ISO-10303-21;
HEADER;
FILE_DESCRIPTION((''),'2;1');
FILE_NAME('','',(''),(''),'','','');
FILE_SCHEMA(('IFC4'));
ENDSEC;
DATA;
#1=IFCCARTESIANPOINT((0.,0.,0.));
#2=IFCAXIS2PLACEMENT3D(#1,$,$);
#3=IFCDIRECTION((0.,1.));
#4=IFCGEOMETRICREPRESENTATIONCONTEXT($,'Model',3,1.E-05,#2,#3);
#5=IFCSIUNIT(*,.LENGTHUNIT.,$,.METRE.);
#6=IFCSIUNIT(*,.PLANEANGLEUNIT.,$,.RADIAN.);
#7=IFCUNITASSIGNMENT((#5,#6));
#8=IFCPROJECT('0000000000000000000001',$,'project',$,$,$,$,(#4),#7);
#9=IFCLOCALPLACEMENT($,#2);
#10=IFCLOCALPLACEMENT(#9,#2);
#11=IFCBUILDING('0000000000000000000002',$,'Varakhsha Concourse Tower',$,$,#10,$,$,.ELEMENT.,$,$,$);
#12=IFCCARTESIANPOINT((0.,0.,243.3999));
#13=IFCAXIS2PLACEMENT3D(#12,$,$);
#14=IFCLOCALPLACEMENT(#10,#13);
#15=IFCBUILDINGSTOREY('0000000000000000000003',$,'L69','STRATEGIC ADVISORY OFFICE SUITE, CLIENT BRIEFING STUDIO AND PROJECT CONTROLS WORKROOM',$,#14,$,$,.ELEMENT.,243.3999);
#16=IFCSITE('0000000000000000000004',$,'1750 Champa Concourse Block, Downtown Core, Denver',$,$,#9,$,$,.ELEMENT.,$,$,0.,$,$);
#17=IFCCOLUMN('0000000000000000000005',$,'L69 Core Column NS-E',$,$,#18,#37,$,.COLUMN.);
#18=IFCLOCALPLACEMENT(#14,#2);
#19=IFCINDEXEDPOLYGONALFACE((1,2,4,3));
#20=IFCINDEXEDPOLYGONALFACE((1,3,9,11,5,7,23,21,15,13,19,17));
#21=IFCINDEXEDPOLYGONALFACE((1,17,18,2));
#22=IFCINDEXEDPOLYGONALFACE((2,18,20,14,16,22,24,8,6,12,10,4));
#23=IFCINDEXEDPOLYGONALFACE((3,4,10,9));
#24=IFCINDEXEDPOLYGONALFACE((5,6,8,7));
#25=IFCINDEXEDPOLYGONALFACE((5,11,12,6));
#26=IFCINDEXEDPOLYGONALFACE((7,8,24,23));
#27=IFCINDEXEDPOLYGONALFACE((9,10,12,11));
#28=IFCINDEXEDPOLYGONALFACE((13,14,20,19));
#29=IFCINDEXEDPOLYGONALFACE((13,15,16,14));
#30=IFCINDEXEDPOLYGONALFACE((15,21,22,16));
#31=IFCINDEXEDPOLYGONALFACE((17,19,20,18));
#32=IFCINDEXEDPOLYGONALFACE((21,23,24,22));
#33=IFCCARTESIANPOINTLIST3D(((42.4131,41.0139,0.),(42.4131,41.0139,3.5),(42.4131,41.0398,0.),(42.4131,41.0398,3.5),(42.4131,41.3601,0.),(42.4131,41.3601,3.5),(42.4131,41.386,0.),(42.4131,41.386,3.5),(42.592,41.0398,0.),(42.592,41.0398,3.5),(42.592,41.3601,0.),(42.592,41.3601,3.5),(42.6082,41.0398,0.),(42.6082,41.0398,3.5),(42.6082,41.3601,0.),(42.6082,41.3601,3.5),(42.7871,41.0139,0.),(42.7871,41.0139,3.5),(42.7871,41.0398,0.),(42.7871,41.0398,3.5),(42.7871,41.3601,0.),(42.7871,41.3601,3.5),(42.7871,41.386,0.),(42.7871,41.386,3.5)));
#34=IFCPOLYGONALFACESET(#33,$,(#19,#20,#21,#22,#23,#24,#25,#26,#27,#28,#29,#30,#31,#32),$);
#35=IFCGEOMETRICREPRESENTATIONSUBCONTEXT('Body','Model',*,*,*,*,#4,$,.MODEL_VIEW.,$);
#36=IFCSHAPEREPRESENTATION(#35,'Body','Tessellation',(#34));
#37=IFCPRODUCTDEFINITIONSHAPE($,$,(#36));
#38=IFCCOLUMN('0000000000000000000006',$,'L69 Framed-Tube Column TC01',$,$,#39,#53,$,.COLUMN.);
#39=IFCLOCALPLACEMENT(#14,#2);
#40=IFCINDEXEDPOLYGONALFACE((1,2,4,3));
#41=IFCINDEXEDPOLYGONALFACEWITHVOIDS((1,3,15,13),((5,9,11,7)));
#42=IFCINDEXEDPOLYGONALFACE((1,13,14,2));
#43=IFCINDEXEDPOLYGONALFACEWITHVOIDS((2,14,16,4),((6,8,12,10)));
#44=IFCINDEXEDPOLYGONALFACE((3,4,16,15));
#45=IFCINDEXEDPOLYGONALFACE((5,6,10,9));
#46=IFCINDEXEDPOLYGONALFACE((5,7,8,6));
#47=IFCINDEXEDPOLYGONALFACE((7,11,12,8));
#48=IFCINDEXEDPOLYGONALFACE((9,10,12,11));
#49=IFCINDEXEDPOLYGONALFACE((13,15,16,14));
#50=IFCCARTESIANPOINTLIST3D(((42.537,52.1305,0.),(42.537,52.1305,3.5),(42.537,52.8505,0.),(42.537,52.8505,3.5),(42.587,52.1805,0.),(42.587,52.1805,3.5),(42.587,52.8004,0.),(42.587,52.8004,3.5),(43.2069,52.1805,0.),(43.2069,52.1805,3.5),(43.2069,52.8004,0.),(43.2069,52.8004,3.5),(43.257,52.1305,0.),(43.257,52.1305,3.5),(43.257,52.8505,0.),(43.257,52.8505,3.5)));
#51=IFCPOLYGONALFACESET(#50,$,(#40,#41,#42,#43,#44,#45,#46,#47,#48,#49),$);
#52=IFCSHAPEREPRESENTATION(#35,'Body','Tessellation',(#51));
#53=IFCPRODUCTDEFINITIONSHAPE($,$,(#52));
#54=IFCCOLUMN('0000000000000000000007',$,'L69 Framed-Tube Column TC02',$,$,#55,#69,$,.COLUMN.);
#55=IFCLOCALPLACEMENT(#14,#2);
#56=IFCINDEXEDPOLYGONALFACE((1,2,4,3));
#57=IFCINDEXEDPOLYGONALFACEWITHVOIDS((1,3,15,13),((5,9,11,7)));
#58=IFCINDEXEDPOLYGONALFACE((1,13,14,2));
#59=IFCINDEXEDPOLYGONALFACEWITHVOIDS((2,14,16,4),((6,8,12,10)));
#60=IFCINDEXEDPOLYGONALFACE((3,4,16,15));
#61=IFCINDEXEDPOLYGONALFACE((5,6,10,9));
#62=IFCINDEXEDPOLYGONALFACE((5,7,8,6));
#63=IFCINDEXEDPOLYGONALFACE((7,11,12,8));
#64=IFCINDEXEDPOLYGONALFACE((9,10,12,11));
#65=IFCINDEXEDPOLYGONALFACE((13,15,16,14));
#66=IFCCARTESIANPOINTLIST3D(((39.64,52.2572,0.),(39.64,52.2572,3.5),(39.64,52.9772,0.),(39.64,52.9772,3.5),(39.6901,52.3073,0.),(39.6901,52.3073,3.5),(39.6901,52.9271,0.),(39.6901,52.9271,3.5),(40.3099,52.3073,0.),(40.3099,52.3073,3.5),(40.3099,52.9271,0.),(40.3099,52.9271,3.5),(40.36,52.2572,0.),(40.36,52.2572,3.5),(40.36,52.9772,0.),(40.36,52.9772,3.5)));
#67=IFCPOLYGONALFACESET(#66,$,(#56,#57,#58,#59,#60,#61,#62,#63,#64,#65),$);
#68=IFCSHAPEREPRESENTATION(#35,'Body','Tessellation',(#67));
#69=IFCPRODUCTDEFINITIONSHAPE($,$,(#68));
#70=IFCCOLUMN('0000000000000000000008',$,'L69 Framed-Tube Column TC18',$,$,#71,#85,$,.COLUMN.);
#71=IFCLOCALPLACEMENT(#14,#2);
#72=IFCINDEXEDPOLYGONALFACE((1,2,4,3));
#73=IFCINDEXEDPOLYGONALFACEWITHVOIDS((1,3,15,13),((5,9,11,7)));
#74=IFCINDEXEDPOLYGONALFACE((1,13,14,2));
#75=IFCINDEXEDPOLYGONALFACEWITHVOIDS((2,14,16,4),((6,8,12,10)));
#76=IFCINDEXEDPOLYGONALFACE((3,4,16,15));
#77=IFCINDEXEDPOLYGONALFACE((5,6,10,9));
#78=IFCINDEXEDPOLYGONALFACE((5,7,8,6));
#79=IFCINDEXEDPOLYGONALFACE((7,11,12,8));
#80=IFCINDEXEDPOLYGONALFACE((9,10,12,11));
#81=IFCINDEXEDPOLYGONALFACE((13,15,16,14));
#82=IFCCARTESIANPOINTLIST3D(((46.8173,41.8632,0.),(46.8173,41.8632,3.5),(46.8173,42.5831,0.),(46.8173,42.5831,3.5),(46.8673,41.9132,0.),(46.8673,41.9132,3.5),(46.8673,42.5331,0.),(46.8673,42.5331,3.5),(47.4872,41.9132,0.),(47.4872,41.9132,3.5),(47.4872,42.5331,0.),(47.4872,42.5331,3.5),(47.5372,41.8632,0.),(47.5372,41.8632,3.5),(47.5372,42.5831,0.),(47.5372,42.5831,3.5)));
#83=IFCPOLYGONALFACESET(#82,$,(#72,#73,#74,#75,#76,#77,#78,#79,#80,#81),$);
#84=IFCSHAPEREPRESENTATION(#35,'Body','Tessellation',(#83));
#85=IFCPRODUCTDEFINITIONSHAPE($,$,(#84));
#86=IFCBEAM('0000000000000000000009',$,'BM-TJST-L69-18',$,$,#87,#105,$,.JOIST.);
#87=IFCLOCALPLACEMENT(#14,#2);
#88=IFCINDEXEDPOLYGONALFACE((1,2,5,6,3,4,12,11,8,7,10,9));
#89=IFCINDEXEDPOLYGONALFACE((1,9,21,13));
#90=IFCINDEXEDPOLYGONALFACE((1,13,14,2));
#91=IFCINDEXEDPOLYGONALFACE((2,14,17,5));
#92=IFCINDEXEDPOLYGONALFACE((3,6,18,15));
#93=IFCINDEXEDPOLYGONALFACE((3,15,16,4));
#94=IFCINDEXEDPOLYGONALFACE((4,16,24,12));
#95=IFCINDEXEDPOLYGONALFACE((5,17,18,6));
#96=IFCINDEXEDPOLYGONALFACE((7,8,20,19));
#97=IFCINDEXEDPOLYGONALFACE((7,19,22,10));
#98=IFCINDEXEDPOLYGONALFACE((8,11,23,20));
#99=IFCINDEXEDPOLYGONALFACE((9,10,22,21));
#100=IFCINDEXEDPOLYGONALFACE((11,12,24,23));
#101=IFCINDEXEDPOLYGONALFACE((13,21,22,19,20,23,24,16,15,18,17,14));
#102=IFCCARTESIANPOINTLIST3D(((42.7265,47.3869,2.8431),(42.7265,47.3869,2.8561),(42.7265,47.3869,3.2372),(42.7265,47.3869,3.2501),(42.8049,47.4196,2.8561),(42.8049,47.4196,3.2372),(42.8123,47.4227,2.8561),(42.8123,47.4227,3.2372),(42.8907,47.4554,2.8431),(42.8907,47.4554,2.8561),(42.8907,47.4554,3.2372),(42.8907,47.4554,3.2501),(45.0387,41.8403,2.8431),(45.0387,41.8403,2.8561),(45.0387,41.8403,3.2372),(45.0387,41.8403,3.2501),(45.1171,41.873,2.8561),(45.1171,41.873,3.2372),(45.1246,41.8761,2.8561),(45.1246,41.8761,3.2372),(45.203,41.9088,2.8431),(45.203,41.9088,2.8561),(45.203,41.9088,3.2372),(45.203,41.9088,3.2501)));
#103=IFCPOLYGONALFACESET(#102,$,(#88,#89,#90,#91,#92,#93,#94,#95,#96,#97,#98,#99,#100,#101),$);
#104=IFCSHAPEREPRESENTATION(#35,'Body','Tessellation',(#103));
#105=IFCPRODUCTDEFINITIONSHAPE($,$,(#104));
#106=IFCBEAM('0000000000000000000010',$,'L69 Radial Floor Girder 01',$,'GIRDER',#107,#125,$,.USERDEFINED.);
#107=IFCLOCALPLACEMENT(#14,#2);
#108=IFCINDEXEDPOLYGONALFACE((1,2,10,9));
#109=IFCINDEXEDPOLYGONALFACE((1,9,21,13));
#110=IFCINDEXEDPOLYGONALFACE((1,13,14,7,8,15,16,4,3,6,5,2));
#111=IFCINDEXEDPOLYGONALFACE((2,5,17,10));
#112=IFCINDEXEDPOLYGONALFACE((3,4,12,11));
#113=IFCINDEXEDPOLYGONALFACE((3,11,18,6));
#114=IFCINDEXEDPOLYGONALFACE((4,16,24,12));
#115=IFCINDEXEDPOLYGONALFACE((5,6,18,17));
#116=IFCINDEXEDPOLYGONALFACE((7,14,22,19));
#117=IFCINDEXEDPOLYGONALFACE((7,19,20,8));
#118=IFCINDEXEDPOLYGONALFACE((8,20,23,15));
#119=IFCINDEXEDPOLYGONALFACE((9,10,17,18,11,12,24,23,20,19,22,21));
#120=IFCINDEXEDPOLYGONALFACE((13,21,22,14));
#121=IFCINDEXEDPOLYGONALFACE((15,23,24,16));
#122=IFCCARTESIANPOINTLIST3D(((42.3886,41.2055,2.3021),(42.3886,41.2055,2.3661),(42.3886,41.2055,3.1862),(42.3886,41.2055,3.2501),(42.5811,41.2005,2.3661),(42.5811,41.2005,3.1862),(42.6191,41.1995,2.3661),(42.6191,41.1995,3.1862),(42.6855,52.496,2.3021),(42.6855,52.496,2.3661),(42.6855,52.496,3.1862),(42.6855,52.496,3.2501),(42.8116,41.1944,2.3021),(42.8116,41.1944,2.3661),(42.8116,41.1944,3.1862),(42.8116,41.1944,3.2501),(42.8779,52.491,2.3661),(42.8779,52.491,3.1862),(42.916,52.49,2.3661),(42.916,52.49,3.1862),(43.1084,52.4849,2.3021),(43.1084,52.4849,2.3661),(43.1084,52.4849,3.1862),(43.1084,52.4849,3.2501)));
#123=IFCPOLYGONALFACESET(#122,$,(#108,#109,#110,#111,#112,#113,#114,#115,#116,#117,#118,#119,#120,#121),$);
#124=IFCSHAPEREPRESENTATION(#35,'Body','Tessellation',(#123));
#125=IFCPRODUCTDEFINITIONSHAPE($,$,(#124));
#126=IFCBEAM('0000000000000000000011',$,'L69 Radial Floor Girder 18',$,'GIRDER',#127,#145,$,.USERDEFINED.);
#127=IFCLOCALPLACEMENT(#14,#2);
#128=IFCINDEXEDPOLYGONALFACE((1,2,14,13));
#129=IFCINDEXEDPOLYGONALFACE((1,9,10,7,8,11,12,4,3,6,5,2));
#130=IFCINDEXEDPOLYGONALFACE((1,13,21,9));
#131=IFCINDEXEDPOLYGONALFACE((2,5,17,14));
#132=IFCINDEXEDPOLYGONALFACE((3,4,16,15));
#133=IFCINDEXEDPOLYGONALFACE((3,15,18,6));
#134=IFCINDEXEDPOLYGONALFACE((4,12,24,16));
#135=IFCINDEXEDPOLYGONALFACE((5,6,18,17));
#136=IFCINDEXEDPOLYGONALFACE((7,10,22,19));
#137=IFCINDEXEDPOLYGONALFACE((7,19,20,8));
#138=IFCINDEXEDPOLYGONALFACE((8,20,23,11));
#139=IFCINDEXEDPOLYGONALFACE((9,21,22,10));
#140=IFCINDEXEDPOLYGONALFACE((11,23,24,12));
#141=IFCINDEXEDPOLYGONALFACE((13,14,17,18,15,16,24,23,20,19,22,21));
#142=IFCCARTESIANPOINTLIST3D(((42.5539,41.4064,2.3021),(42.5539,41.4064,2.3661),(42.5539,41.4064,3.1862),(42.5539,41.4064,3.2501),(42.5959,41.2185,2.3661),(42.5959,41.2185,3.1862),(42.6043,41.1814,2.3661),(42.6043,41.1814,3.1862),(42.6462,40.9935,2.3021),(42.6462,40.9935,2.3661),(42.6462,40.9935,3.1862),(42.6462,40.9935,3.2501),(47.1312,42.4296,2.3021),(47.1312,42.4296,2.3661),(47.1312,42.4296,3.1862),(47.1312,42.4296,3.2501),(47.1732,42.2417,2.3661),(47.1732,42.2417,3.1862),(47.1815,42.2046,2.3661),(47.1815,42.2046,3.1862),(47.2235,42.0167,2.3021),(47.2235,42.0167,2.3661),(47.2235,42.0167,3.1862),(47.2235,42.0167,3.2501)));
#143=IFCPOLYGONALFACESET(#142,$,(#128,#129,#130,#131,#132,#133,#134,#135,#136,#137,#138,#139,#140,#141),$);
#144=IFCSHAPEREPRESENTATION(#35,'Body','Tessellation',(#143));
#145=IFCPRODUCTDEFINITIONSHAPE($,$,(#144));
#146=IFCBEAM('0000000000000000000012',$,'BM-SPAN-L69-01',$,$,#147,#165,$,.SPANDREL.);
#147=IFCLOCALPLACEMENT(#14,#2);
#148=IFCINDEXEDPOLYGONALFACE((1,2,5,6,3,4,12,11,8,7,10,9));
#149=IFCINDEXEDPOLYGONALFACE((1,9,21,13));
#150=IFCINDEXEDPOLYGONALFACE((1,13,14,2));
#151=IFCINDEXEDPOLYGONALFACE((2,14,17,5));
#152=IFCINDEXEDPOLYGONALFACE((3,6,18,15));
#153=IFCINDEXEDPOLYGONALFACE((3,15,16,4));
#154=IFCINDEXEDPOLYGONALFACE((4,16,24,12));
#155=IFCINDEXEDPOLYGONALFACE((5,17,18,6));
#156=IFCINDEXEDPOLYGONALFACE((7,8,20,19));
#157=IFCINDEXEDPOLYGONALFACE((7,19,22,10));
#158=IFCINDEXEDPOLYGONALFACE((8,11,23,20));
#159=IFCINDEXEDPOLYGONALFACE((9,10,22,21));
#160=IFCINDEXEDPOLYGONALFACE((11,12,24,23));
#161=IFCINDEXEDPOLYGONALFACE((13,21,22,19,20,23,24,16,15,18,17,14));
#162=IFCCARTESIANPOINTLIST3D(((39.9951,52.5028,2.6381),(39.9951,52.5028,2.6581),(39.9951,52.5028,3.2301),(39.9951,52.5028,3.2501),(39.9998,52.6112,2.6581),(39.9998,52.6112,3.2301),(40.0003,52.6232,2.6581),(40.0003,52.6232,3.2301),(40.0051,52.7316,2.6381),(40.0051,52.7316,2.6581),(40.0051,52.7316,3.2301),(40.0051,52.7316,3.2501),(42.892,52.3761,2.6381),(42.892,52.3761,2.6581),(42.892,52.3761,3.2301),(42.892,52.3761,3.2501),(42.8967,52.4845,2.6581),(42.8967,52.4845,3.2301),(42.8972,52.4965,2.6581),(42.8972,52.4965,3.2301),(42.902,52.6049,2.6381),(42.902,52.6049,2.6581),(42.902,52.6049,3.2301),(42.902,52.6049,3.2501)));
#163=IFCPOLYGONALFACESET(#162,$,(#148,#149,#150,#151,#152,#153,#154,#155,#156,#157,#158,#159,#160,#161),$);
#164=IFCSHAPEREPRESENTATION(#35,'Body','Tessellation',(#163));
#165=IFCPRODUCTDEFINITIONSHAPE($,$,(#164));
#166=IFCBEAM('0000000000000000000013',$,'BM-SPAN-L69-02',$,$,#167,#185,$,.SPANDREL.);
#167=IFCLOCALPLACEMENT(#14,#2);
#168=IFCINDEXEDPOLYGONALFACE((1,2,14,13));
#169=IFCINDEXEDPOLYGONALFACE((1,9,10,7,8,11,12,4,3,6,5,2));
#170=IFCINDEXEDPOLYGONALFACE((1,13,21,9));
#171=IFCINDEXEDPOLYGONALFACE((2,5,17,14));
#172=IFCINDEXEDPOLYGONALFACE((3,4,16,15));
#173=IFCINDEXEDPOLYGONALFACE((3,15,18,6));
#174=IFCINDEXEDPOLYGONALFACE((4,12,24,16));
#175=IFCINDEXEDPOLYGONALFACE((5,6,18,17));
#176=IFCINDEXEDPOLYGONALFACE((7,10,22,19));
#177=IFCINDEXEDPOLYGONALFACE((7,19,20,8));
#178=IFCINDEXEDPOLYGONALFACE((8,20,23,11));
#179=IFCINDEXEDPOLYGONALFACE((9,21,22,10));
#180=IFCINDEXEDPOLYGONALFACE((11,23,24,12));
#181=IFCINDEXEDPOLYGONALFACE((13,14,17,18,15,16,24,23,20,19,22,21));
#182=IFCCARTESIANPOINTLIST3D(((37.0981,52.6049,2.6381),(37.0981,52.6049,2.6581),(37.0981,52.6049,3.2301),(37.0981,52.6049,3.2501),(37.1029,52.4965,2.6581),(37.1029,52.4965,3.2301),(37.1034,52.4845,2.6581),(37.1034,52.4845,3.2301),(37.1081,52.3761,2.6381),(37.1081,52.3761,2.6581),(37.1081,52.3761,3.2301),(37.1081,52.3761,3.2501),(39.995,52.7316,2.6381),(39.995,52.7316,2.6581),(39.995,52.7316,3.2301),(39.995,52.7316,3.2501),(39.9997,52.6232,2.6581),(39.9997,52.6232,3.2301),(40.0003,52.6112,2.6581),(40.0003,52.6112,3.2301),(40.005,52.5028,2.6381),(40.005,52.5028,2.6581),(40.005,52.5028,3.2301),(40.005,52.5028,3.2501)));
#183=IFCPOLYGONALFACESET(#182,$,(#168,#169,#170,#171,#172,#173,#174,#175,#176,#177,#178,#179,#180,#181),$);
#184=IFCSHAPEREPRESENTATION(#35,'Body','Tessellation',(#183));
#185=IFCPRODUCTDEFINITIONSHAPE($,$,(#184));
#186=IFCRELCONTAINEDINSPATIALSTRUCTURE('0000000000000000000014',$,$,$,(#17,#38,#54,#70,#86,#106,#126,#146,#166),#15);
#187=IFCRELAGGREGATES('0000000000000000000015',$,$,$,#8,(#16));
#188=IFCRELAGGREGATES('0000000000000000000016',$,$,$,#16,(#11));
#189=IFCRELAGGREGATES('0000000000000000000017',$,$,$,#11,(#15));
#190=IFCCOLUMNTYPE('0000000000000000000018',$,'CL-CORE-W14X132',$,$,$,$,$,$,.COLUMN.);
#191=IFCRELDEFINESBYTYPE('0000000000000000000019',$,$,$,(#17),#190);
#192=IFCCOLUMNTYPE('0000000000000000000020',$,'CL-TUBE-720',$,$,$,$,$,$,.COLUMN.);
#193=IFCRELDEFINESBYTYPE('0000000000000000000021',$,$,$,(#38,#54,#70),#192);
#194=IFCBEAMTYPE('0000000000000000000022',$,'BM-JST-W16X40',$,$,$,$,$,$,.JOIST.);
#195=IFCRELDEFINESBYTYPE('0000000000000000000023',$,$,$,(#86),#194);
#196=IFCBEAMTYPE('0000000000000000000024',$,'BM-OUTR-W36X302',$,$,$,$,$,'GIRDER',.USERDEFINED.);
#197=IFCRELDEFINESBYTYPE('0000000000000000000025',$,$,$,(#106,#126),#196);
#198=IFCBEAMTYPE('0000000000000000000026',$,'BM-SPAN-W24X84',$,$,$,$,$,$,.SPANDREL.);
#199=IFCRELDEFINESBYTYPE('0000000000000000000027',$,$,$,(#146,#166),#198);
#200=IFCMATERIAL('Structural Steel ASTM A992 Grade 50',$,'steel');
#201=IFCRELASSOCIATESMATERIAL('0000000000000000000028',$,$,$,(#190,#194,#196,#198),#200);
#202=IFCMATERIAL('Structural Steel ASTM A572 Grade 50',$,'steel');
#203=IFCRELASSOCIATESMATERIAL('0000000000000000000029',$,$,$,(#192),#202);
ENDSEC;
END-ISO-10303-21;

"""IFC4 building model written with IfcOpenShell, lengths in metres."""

from ifc_helpers import new_model, si_unit, direction, frame, origin, origin_2d, place, context, subcontext, project, spatial, hollow_rectangle, i_section, extrude, material, material_profile, profile_set, type_object, element, save


model = new_model("IFC4")

# Units and contexts
model_context = context("Model", 3, precision=1e-05, world=origin(), true_north=direction((0.0, 1.0)))
body_context = subcontext(model_context, "Body", "Model", "MODEL_VIEW")
ifc_project = project(units=[si_unit("LENGTHUNIT", "METRE"), si_unit("PLANEANGLEUNIT", "RADIAN")], contexts=[model_context])

# Site, building, storey
site_placement = place(None, origin())
site = spatial("IfcSite", under=ifc_project, at=site_placement, Name="1750 Champa Concourse Block, Downtown Core, Denver", CompositionType="ELEMENT", RefElevation=0.0)
building_placement = place(site_placement, origin())
building = spatial("IfcBuilding", under=site, at=building_placement, Name="Varakhsha Concourse Tower", CompositionType="ELEMENT")
storey_placement = place(building_placement, frame((0.0, 0.0, 243.3999)))
storey = spatial("IfcBuildingStorey", under=building, at=storey_placement, Name="L69", Description="STRATEGIC ADVISORY OFFICE SUITE, CLIENT BRIEFING STUDIO AND PROJECT CONTROLS WORKROOM", CompositionType="ELEMENT", Elevation=243.3999)

# Columns
ifc_material_1 = material(Name="Structural Steel ASTM A992 Grade 50", Category="steel")
ifc_material_profile_1 = material_profile(ifc_material_1, i_section(OverallWidth=0.374, OverallDepth=0.3721, WebThickness=0.0161, FlangeThickness=0.0259, at=origin_2d()), Name="W14X132")
ifc_profile_set_1 = profile_set([ifc_material_profile_1], Name="Structural Steel ASTM A992 Grade 50")
column_type_1 = type_object("IfcColumnType", Name="CL-CORE-W14X132", PredefinedType="COLUMN", material=ifc_profile_set_1)
column_placement = place(storey_placement, frame((42.6001, 41.2, 0.0), z_axis=(0.0, 0.0, 1.0), x_axis=(1.0, 0.0, 0.0)))
element("IfcColumn", 1, at=column_placement, inside=storey, type_object=column_type_1, Name="L69 Core Column NS-E", PredefinedType="COLUMN", context=body_context, shape_type="SweptSolid", body=[
    extrude(i_section(OverallWidth=0.374, OverallDepth=0.3721, WebThickness=0.0161, FlangeThickness=0.0259, at=origin_2d()), origin(), (0.0, 0.0, 1.0), 3.5),
])
ifc_material_2 = material(Name="Structural Steel ASTM A572 Grade 50", Category="steel")
ifc_material_profile_2 = material_profile(ifc_material_2, hollow_rectangle(XDim=0.72, YDim=0.72, WallThickness=0.05, at=origin_2d()), Name="BOX 720x720x50")
ifc_profile_set_2 = profile_set([ifc_material_profile_2], Name="Structural Steel ASTM A572 Grade 50")
column_type_2 = type_object("IfcColumnType", Name="CL-TUBE-720", PredefinedType="COLUMN", material=ifc_profile_set_2)
for number, where, z_axis, x_axis, name in (
    (2, (42.897, 52.4905, 0.0), (0.0, 0.0, 1.0), (1.0, 0.0, 0.0), "L69 Framed-Tube Column TC01"),
    (3, (40.0, 52.6172, 0.0), (0.0, 0.0, 1.0), (1.0, 0.0, 0.0), "L69 Framed-Tube Column TC02"),
    (4, (47.1772, 42.2231, 0.0), (0.0, 0.0, 1.0), (1.0, 0.0, 0.0), "L69 Framed-Tube Column TC18"),
):
    element("IfcColumn", number, at=place(storey_placement, frame(where, z_axis=z_axis, x_axis=x_axis)), inside=storey, type_object=column_type_2, Name=name, PredefinedType="COLUMN", context=body_context, shape_type="SweptSolid", body=[
        extrude(hollow_rectangle(XDim=0.72, YDim=0.72, WallThickness=0.05, at=origin_2d()), origin(), (0.0, 0.0, 1.0), 3.5),
    ])

# Beams
ifc_material_profile_3 = material_profile(ifc_material_1, i_section(OverallWidth=0.178, OverallDepth=0.407, WebThickness=0.0081, FlangeThickness=0.0129, at=origin_2d()), Name="W16X40")
ifc_profile_set_3 = profile_set([ifc_material_profile_3], Name="Structural Steel ASTM A992 Grade 50")
beam_type_1 = type_object("IfcBeamType", Name="BM-JST-W16X40", PredefinedType="JOIST", material=ifc_profile_set_3)
beam_1_placement = place(storey_placement, frame((45.1208, 41.8745, 3.0466), z_axis=(-0.38478, 0.923008, 0.0), x_axis=(-0.923008, -0.38478, 0.0)))
element("IfcBeam", 5, at=beam_1_placement, inside=storey, type_object=beam_type_1, Name="BM-TJST-L69-18", PredefinedType="JOIST", context=body_context, shape_type="SweptSolid", body=[
    extrude(i_section(OverallWidth=0.178, OverallDepth=0.407, WebThickness=0.0081, FlangeThickness=0.0129, at=origin_2d()), origin(), (0.0, 0.0, 1.0), 6.0093),
])
ifc_material_profile_4 = material_profile(ifc_material_1, i_section(OverallWidth=0.4231, OverallDepth=0.948, WebThickness=0.0381, FlangeThickness=0.064, at=origin_2d()), Name="W36X302")
ifc_profile_set_4 = profile_set([ifc_material_profile_4], Name="Structural Steel ASTM A992 Grade 50")
beam_type_2 = type_object("IfcBeamType", Name="BM-OUTR-W36X302", ElementType="GIRDER", PredefinedType="USERDEFINED", material=ifc_profile_set_4)
beam_2_placement = place(storey_placement, frame((42.6001, 41.2, 2.7761), z_axis=(0.026285, 0.999654, 0.0), x_axis=(-0.999654, 0.026285, 0.0)))
element("IfcBeam", 6, at=beam_2_placement, inside=storey, type_object=beam_type_2, Name="L69 Radial Floor Girder 01", ObjectType="GIRDER", PredefinedType="USERDEFINED", context=body_context, shape_type="SweptSolid", body=[
    extrude(i_section(OverallWidth=0.4231, OverallDepth=0.948, WebThickness=0.0381, FlangeThickness=0.064, at=origin_2d()), origin(), (0.0, 0.0, 1.0), 11.2944),
])
beam_3_placement = place(storey_placement, frame((42.6001, 41.2, 2.7761), z_axis=(0.975913, 0.218159, 0.0), x_axis=(-0.218159, 0.975913, 0.0)))
element("IfcBeam", 7, at=beam_3_placement, inside=storey, type_object=beam_type_2, Name="L69 Radial Floor Girder 18", ObjectType="GIRDER", PredefinedType="USERDEFINED", context=body_context, shape_type="SweptSolid", body=[
    extrude(i_section(OverallWidth=0.4231, OverallDepth=0.948, WebThickness=0.0381, FlangeThickness=0.064, at=origin_2d()), origin(), (0.0, 0.0, 1.0), 4.6902),
])
ifc_material_profile_5 = material_profile(ifc_material_1, i_section(OverallWidth=0.229, OverallDepth=0.6121, WebThickness=0.012, FlangeThickness=0.02, at=origin_2d()), Name="W24X84")
ifc_profile_set_5 = profile_set([ifc_material_profile_5], Name="Structural Steel ASTM A992 Grade 50")
beam_type_3 = type_object("IfcBeamType", Name="BM-SPAN-W24X84", PredefinedType="SPANDREL", material=ifc_profile_set_5)
for number, where, z_axis, x_axis, name in (
    (8, (42.897, 52.4905, 2.9441), (-0.999045, 0.043697, 0.0), (-0.043697, -0.999045, 0.0), "BM-SPAN-L69-01"),
    (9, (40.0, 52.6172, 2.9441), (-0.999045, -0.043697, 0.0), (0.043697, -0.999045, 0.0), "BM-SPAN-L69-02"),
):
    element("IfcBeam", number, at=place(storey_placement, frame(where, z_axis=z_axis, x_axis=x_axis)), inside=storey, type_object=beam_type_3, Name=name, PredefinedType="SPANDREL", context=body_context, shape_type="SweptSolid", body=[
        extrude(i_section(OverallWidth=0.229, OverallDepth=0.6121, WebThickness=0.012, FlangeThickness=0.02, at=origin_2d()), origin(), (0.0, 0.0, 1.0), 2.8997),
    ])

save(model, "model.ifc")
